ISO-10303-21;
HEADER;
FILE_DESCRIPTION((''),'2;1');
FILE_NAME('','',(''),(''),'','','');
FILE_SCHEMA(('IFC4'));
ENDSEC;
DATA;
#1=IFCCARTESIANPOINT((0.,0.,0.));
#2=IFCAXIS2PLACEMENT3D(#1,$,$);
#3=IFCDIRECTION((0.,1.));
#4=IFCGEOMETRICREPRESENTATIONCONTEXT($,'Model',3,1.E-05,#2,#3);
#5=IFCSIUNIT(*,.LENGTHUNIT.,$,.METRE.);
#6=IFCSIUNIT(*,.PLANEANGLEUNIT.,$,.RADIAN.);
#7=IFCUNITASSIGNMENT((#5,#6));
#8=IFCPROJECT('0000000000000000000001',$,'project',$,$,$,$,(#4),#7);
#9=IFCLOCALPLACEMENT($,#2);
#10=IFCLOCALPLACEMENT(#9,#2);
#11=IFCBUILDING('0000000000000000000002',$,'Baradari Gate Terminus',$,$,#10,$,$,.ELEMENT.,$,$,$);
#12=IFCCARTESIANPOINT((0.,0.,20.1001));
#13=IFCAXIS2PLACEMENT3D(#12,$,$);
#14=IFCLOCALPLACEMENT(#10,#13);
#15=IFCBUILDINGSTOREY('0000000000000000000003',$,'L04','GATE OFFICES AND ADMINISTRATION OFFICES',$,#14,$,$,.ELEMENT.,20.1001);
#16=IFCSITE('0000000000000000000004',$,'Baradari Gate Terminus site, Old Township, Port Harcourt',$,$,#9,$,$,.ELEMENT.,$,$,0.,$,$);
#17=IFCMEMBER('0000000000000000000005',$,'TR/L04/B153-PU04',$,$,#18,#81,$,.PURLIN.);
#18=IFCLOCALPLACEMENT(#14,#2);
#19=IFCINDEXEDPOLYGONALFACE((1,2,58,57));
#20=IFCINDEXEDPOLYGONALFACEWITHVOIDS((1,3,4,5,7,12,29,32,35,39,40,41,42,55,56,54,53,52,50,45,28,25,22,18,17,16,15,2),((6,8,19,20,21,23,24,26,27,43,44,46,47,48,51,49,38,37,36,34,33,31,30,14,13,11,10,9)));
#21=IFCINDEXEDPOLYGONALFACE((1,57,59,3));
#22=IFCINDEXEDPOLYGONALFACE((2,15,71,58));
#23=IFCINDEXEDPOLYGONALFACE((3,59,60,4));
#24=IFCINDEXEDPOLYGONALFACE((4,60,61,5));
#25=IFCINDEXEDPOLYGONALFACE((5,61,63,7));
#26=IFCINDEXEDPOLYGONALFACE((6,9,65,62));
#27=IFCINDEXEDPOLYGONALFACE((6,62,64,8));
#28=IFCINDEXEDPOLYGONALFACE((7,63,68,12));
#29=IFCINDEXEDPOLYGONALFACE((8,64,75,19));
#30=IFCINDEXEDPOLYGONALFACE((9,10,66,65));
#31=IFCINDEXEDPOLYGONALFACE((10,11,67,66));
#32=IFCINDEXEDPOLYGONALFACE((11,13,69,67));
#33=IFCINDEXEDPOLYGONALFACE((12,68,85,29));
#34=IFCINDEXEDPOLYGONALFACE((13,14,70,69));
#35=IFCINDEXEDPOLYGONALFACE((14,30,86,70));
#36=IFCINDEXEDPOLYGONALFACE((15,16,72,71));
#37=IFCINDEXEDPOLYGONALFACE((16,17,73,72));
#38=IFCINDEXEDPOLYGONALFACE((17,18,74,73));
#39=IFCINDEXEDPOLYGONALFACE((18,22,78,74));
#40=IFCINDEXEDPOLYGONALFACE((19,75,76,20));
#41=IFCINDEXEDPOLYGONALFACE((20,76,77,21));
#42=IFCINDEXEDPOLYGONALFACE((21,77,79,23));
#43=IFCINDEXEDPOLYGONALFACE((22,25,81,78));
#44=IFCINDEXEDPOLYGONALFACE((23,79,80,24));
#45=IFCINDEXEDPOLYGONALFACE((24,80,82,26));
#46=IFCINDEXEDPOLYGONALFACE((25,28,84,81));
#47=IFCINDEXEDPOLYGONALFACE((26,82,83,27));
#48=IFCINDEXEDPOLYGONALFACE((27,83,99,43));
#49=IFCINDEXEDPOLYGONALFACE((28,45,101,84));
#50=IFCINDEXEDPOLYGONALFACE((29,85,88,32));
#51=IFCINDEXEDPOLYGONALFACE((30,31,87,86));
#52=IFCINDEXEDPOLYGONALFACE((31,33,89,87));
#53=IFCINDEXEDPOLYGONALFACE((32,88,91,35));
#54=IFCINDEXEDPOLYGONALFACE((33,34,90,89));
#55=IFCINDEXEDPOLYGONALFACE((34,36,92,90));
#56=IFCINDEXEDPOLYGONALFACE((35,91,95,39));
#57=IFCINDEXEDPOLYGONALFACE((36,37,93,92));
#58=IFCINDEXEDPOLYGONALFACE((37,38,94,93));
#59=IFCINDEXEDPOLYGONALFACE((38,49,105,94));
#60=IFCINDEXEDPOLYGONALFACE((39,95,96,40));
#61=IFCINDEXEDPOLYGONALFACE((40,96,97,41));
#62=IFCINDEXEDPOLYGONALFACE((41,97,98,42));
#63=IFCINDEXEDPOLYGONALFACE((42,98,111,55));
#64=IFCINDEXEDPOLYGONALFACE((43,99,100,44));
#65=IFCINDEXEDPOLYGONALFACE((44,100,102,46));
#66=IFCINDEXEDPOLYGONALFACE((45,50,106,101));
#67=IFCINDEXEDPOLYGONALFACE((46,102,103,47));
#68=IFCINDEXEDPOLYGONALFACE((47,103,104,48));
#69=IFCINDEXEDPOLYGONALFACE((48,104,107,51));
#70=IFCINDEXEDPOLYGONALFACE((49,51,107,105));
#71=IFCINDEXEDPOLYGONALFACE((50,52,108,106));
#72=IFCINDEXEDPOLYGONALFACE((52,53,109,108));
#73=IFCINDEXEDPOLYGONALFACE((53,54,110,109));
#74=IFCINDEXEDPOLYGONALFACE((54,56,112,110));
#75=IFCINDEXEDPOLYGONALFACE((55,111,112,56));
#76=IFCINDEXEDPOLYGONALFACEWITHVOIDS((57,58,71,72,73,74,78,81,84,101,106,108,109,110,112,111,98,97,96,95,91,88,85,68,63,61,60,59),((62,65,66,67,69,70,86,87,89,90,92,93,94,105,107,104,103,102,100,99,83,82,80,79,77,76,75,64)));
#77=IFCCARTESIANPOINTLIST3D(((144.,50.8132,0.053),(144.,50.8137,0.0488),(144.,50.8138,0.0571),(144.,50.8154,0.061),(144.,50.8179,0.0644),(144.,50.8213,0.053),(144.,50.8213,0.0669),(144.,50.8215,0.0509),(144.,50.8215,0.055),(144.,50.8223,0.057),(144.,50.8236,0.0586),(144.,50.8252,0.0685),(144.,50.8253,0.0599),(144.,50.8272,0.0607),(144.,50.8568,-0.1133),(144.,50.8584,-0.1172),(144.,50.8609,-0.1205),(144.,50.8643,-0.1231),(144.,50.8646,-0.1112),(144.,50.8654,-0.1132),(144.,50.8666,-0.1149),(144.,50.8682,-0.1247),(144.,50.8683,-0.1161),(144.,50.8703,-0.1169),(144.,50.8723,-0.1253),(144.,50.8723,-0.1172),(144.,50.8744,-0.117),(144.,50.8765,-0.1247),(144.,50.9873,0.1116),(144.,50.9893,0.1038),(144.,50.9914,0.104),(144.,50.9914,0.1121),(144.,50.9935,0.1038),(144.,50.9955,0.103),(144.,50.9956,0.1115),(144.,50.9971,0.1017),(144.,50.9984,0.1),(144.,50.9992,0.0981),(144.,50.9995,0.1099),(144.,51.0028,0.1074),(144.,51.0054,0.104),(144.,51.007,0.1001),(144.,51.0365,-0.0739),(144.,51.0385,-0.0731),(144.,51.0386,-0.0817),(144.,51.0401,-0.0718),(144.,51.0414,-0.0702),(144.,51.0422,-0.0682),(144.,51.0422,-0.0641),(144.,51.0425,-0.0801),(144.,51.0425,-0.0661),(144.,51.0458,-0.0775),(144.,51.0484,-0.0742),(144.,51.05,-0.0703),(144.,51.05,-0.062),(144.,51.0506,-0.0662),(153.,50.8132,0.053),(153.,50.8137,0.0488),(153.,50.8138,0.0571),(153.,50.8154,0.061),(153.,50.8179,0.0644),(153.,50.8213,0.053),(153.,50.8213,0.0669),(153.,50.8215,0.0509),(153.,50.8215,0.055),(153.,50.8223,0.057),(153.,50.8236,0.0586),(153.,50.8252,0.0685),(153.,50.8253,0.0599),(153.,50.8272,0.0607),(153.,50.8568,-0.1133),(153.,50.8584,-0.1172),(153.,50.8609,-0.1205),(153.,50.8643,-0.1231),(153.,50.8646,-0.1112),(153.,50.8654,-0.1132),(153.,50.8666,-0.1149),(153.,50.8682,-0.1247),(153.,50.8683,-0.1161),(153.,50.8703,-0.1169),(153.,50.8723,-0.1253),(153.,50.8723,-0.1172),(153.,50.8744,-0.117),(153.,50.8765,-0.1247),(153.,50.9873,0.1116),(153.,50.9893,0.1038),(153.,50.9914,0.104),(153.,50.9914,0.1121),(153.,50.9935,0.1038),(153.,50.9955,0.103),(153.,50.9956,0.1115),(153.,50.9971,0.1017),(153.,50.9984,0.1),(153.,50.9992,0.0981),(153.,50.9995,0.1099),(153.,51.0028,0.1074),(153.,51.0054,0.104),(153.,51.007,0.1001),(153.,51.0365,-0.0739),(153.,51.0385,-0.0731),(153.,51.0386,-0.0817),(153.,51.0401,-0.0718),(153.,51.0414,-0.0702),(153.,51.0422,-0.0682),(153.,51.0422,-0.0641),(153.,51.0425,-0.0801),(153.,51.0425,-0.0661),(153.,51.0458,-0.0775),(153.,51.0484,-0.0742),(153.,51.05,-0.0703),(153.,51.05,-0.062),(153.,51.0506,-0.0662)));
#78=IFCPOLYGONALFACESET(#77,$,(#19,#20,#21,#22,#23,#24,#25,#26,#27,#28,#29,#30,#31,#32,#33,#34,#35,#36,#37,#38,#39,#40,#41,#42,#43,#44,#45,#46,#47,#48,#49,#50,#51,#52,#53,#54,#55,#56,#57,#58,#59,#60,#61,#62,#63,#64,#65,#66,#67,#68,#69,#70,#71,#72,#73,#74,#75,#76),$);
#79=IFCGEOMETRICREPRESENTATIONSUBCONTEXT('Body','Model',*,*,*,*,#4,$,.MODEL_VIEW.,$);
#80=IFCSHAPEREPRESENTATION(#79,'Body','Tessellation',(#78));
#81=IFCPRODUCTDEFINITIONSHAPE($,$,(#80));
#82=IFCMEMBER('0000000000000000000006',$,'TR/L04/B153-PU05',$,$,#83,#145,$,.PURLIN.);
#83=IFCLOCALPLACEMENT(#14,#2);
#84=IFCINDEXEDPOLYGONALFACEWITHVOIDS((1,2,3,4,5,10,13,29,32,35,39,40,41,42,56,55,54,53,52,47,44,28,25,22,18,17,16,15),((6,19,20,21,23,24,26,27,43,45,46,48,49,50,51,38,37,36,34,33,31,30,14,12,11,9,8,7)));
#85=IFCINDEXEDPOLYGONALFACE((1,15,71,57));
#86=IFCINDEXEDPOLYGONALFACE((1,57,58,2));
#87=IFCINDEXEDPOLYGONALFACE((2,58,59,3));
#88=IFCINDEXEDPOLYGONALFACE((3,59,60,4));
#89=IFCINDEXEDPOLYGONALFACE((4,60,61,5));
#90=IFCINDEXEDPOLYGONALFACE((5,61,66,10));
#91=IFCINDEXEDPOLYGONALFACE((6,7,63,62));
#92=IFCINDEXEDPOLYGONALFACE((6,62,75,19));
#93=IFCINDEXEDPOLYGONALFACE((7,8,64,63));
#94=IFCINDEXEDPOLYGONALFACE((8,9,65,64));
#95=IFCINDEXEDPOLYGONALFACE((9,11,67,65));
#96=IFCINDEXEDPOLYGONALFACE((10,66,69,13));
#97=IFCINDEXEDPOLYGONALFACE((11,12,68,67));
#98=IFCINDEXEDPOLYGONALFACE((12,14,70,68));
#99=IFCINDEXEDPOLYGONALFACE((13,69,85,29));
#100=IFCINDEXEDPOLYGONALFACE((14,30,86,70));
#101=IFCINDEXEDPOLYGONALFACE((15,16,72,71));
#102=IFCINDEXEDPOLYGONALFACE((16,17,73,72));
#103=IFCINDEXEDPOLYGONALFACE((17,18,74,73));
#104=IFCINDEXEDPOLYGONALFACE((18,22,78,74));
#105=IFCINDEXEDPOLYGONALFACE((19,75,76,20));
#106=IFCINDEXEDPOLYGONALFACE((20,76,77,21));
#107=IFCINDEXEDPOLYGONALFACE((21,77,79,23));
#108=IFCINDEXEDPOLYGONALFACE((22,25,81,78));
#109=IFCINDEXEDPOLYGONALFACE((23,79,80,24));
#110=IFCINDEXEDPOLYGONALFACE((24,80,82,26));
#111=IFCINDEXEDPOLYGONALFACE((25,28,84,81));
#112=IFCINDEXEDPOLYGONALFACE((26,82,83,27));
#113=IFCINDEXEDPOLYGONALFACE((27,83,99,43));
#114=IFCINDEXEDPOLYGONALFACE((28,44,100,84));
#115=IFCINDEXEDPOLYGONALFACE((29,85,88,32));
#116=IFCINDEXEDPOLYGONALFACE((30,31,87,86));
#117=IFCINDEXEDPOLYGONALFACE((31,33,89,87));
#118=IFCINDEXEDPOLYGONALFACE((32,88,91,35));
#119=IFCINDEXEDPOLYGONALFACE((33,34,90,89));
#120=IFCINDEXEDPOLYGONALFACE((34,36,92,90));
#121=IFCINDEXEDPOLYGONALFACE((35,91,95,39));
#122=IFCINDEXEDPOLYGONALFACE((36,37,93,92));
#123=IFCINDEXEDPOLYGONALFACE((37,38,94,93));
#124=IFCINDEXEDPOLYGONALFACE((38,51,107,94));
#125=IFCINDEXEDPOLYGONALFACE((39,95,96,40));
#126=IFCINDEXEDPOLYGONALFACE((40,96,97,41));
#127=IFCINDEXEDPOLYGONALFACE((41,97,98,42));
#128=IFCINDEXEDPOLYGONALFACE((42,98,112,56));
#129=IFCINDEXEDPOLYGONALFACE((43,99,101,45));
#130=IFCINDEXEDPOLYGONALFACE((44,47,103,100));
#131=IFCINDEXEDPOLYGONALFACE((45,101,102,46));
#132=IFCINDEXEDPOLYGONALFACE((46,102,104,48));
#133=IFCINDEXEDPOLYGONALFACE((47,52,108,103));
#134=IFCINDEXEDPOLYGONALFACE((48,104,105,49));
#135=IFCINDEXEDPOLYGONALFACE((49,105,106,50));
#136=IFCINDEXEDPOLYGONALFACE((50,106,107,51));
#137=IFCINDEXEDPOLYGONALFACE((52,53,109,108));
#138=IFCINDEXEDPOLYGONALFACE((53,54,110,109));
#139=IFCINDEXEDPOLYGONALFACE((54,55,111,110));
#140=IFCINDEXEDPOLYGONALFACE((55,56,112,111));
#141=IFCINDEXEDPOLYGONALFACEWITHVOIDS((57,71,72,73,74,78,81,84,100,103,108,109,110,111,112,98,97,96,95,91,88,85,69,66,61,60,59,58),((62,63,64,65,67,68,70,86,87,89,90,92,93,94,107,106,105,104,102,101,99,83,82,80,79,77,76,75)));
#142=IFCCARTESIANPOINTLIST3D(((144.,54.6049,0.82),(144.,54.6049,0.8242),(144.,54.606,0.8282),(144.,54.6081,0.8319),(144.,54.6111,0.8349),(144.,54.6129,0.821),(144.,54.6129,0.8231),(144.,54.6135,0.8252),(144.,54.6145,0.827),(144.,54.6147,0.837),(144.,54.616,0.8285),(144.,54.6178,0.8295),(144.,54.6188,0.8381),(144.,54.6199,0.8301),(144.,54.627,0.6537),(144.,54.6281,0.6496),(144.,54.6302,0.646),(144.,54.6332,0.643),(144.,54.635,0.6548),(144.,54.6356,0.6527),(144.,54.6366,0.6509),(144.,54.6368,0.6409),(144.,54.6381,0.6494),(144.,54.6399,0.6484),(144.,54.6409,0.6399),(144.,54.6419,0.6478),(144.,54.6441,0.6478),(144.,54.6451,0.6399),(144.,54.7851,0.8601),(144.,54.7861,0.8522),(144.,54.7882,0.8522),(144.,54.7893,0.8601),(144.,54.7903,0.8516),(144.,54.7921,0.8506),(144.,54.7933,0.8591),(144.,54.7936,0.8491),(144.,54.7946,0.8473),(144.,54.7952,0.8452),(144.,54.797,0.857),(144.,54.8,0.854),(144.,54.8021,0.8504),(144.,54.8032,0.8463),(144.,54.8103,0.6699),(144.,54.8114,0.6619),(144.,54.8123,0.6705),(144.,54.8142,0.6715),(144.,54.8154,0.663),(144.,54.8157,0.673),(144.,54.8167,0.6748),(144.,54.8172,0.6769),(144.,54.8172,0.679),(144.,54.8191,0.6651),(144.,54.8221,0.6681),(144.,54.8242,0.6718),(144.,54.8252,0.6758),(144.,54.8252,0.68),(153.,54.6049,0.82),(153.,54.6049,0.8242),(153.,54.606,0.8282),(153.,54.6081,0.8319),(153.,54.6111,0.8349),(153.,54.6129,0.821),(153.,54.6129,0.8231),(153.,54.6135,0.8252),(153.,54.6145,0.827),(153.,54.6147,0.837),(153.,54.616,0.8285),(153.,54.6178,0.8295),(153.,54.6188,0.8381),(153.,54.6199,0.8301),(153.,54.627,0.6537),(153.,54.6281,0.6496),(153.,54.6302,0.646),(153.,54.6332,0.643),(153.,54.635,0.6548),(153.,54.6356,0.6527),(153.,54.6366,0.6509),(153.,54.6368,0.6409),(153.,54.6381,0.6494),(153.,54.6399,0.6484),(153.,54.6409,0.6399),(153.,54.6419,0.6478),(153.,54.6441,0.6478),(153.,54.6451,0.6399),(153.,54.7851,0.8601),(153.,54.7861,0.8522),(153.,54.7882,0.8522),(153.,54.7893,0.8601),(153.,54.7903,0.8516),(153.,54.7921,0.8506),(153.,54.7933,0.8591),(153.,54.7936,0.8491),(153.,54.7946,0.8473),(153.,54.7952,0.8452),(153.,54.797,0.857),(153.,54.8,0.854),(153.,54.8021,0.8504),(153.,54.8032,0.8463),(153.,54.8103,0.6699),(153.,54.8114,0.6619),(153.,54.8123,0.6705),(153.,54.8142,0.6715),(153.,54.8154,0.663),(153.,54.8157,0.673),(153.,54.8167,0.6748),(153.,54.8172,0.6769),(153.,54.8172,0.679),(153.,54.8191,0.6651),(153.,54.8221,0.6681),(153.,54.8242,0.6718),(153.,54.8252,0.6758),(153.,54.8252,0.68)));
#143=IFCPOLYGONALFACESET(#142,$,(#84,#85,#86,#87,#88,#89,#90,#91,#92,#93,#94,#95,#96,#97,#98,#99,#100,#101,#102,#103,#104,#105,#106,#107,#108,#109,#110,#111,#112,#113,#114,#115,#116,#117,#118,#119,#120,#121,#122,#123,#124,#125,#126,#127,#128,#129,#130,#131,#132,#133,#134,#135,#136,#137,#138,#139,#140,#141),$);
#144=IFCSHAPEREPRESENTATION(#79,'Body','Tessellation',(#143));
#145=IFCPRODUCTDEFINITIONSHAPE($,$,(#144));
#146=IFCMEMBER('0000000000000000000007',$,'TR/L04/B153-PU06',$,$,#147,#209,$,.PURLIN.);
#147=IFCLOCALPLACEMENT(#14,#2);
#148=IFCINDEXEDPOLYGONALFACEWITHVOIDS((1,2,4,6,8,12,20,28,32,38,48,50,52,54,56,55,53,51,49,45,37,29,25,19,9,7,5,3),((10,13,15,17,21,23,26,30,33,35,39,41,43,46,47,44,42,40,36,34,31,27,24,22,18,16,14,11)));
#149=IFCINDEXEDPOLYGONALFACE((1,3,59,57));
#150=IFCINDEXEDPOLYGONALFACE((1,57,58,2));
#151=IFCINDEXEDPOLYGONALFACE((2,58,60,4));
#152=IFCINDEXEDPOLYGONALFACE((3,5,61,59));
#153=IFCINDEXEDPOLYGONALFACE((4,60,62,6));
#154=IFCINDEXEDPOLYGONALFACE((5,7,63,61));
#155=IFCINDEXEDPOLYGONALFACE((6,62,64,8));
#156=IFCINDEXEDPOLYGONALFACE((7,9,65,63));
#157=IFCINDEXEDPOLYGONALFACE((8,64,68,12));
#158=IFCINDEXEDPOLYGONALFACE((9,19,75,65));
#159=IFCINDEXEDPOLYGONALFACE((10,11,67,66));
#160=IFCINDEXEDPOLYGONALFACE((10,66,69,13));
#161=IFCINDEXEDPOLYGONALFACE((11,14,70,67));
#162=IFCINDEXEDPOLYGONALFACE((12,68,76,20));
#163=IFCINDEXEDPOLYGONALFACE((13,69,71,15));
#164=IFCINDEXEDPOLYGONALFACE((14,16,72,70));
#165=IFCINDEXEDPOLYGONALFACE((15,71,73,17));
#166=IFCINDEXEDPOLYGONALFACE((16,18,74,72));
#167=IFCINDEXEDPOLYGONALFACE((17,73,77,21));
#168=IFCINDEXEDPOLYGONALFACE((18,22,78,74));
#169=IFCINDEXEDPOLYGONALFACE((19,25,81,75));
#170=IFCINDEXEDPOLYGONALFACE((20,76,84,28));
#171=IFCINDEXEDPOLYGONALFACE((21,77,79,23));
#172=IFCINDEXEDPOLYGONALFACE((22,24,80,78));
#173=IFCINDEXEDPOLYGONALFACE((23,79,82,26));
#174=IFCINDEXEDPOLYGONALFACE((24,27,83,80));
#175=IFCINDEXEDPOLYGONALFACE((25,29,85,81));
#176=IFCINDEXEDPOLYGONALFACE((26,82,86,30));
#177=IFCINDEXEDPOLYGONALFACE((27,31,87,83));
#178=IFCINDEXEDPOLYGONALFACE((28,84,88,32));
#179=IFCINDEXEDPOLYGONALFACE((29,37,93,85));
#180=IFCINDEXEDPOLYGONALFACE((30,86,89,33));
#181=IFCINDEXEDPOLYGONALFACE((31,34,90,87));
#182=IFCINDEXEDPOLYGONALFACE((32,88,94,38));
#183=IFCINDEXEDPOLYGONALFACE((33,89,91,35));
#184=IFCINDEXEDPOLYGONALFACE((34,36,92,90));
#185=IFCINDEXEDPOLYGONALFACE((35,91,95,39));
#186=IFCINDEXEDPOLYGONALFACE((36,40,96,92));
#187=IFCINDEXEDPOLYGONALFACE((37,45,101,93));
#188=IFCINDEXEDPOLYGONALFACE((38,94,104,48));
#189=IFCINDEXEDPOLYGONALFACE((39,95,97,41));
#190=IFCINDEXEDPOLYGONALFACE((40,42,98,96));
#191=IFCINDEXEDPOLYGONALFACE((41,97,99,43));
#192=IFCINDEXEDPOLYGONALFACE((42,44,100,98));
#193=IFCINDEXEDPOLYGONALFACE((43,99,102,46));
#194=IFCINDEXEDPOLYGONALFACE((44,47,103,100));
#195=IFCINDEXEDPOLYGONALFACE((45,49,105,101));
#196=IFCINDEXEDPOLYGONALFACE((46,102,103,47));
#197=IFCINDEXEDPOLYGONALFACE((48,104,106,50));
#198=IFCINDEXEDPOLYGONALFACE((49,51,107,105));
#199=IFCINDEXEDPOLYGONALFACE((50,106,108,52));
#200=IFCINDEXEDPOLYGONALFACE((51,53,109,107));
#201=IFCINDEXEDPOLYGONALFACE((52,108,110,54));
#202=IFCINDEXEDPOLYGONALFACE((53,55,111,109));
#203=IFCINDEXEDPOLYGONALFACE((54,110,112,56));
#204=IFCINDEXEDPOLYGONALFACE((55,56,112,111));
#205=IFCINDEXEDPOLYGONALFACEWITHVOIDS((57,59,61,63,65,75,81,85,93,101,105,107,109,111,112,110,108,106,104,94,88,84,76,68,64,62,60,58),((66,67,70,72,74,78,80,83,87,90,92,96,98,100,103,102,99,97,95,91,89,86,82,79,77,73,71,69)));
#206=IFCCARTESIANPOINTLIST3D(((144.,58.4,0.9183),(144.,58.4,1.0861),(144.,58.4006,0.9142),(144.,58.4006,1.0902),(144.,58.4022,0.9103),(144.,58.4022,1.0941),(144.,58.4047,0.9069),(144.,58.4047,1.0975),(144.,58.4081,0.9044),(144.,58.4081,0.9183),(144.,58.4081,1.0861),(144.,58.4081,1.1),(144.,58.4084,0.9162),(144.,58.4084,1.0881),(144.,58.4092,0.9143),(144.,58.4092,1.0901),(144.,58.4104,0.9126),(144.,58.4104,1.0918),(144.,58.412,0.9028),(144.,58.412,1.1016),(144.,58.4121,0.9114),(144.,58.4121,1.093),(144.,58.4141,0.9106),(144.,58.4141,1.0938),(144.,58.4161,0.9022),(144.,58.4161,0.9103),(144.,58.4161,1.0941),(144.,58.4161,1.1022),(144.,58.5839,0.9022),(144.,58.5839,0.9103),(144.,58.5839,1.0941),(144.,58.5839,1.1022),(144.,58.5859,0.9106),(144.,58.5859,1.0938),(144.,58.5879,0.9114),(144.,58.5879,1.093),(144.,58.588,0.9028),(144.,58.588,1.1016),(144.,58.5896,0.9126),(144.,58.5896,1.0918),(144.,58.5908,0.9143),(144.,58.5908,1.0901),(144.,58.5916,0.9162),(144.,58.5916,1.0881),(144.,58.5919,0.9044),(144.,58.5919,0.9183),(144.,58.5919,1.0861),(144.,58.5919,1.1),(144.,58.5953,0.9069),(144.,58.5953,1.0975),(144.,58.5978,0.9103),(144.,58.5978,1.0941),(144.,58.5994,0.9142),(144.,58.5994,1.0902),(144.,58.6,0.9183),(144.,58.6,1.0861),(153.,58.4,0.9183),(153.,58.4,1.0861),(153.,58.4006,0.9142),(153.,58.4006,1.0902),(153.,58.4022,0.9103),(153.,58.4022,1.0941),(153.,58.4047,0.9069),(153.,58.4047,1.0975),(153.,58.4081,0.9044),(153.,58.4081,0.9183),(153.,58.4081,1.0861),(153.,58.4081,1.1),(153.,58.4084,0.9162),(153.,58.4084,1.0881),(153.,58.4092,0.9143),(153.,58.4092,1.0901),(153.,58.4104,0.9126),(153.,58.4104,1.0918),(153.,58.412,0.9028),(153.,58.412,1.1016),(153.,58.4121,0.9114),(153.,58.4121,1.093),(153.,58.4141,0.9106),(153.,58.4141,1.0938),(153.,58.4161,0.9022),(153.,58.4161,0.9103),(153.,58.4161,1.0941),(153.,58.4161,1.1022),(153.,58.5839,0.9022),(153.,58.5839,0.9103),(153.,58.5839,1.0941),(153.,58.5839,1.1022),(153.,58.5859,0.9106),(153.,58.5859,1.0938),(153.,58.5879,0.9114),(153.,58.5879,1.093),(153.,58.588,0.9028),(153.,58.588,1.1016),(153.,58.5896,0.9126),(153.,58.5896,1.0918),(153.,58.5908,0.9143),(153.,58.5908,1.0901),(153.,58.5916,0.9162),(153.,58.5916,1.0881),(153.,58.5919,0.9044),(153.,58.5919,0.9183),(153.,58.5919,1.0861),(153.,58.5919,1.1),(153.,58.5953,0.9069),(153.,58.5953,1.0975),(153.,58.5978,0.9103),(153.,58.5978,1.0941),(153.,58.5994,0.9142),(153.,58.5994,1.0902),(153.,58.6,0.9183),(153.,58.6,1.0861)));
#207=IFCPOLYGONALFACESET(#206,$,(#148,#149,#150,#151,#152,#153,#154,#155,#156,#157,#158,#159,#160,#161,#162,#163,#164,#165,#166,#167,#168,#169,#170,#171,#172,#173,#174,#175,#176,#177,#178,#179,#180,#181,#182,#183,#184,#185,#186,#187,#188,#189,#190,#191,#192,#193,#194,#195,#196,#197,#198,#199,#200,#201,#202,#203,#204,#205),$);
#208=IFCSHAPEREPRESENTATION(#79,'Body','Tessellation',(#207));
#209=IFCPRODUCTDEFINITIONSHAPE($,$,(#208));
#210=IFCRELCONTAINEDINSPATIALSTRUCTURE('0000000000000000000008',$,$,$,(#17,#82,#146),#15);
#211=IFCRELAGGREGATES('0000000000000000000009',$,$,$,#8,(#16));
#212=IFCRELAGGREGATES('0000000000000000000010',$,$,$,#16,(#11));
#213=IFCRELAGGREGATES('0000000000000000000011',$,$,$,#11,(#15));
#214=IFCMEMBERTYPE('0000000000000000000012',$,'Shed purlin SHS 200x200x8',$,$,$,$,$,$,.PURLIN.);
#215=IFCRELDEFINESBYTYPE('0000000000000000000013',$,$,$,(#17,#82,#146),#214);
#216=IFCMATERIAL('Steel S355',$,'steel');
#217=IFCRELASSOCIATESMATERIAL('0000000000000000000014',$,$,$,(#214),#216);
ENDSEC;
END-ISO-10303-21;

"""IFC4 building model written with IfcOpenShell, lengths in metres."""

from ifc_helpers import new_model, si_unit, direction, frame, origin, origin_2d, place, context, subcontext, project, spatial, hollow_rectangle, extrude, material, material_profile, profile_set, type_object, element, save


model = new_model("IFC4")

# Units and contexts
model_context = context("Model", 3, precision=1e-05, world=origin(), true_north=direction((0.0, 1.0)))
body_context = subcontext(model_context, "Body", "Model", "MODEL_VIEW")
ifc_project = project(units=[si_unit("LENGTHUNIT", "METRE"), si_unit("PLANEANGLEUNIT", "RADIAN")], contexts=[model_context])

# Site, building, storey
site_placement = place(None, origin())
site = spatial("IfcSite", under=ifc_project, at=site_placement, Name="Baradari Gate Terminus site, Old Township, Port Harcourt", CompositionType="ELEMENT", RefElevation=0.0)
building_placement = place(site_placement, origin())
building = spatial("IfcBuilding", under=site, at=building_placement, Name="Baradari Gate Terminus", CompositionType="ELEMENT")
storey_placement = place(building_placement, frame((0.0, 0.0, 20.1001)))
storey = spatial("IfcBuildingStorey", under=building, at=storey_placement, Name="L04", Description="GATE OFFICES AND ADMINISTRATION OFFICES", CompositionType="ELEMENT", Elevation=20.1001)

# Members
ifc_material_1 = material(Name="Steel S355", Category="steel")
ifc_material_profile_1 = material_profile(ifc_material_1, hollow_rectangle(XDim=0.2, YDim=0.2, WallThickness=0.0081, InnerFilletRadius=0.0081, OuterFilletRadius=0.0161, at=origin_2d()), Name="SHS 200x200x8")
ifc_profile_set_1 = profile_set([ifc_material_profile_1], Name="Steel S355")
member_type_1 = type_object("IfcMemberType", Name="Shed purlin SHS 200x200x8", PredefinedType="PURLIN", material=ifc_profile_set_1)
for number, where, z_axis, x_axis, name in (
    (1, (144.0, 50.9319, -0.0066), (1.0, 0.0, 0.0), (0.0, 0.9665, 0.256668), "TR/L04/B153-PU04"),
    (2, (144.0, 54.7151, 0.75), (1.0, 0.0, 0.0), (0.0, 0.991303, 0.131599), "TR/L04/B153-PU05"),
    (3, (144.0, 58.5, 1.0022), (1.0, 0.0, 0.0), (0.0, 1.0, 0.0), "TR/L04/B153-PU06"),
):
    element("IfcMember", number, at=place(storey_placement, frame(where, z_axis=z_axis, x_axis=x_axis)), inside=storey, type_object=member_type_1, Name=name, PredefinedType="PURLIN", context=body_context, shape_type="SweptSolid", body=[
        extrude(hollow_rectangle(XDim=0.2, YDim=0.2, WallThickness=0.0081, InnerFilletRadius=0.0081, OuterFilletRadius=0.0161, at=origin_2d()), origin(), (0.0, 0.0, 1.0), 9.0),
    ])

save(model, "model.ifc")
